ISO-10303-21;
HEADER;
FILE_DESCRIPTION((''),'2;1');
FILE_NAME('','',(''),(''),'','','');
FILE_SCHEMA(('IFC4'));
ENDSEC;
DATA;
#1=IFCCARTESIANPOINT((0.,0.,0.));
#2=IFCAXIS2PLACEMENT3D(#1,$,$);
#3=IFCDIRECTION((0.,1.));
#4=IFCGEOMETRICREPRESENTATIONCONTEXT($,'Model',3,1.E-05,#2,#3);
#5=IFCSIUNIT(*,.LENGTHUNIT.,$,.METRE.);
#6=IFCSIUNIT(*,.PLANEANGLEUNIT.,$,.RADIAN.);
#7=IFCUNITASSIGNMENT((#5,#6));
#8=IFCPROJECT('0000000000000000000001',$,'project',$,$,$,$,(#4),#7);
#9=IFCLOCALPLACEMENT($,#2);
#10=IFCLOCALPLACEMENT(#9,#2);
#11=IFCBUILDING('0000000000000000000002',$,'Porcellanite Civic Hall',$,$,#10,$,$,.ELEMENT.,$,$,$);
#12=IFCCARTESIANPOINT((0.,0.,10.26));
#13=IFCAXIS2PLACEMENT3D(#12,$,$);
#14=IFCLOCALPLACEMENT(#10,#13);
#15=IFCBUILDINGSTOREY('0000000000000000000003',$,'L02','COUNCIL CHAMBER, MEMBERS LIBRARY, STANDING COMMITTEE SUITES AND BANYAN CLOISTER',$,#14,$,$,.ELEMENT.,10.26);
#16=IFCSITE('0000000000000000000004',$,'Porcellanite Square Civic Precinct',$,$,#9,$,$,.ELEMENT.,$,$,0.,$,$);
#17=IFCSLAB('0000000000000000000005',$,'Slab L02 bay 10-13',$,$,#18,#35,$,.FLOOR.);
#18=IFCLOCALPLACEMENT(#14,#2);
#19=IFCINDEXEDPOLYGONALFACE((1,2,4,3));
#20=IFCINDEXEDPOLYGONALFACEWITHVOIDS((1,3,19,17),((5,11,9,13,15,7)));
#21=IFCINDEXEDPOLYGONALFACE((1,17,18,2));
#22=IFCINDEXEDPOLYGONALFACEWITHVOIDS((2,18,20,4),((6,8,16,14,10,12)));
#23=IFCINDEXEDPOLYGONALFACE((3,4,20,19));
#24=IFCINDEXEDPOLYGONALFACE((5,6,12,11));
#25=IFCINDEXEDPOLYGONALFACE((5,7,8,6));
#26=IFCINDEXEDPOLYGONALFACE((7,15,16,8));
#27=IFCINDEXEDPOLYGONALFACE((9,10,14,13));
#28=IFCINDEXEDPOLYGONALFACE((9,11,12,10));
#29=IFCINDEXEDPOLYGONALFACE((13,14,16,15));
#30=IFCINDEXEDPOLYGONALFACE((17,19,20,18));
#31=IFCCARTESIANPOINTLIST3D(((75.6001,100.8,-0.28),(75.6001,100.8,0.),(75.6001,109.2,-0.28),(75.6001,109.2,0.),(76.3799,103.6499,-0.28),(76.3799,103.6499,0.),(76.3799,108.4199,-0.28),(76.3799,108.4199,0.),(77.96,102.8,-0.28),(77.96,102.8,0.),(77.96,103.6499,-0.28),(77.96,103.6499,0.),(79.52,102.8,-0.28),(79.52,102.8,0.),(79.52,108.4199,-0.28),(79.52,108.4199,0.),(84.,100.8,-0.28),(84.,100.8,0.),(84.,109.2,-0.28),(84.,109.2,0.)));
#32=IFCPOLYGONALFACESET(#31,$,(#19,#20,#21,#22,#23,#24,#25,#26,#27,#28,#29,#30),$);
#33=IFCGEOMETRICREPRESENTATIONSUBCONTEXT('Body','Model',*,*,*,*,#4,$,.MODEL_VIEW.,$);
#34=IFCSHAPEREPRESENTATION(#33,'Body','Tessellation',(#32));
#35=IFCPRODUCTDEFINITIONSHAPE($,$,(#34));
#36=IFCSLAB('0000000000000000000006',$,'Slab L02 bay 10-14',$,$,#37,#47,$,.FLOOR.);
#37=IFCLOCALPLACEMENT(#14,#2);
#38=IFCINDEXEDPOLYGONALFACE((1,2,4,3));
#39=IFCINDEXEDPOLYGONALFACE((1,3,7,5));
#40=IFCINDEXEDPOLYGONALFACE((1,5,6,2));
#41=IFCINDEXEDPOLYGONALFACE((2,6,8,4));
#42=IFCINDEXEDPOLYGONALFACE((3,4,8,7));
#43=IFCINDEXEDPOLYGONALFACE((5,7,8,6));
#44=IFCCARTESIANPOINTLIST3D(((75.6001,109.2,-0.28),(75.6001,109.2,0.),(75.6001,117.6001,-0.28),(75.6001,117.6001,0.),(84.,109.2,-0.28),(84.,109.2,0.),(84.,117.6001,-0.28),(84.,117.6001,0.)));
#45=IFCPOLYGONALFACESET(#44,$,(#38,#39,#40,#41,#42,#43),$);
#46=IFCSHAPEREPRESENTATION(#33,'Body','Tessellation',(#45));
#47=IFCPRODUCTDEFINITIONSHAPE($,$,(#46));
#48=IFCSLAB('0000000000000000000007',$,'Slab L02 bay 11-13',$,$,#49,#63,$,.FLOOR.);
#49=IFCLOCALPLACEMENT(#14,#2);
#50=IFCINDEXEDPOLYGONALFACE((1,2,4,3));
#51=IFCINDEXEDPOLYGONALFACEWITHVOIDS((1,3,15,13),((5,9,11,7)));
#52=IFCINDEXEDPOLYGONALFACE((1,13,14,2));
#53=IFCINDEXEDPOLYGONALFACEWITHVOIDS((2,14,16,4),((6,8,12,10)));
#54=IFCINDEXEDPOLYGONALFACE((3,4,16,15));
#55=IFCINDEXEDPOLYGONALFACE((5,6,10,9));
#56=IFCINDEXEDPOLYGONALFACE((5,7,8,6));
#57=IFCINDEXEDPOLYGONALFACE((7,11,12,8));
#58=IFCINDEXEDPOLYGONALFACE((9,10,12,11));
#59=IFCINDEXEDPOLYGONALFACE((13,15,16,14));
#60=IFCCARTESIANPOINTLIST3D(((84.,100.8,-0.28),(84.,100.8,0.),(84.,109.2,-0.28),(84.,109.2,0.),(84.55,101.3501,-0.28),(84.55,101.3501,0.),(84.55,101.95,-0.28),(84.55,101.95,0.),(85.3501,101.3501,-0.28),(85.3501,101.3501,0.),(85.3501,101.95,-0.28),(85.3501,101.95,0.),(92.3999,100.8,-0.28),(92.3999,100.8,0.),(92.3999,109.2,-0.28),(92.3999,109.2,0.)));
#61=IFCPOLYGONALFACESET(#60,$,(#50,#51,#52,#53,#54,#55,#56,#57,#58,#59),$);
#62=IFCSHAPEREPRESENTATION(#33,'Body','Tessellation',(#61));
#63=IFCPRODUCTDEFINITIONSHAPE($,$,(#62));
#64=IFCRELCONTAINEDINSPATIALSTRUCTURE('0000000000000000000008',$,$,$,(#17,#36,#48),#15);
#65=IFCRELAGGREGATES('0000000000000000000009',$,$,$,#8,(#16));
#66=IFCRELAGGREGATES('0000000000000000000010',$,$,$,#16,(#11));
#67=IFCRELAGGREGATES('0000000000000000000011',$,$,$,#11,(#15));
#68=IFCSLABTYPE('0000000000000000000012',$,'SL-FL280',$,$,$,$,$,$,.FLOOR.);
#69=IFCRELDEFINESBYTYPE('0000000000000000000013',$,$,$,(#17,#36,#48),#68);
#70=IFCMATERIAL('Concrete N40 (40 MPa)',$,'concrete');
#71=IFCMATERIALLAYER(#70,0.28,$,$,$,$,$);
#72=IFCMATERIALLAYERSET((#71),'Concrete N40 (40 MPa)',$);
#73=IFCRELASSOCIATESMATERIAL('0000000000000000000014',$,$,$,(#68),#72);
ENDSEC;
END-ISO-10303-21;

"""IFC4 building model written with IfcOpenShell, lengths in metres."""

from ifc_helpers import new_model, si_unit, direction, frame, origin, place, context, subcontext, project, spatial, polyline, outline, extrude, material, layer, layer_set, type_object, element, save


model = new_model("IFC4")

# Units and contexts
model_context = context("Model", 3, precision=1e-05, world=origin(), true_north=direction((0.0, 1.0)))
body_context = subcontext(model_context, "Body", "Model", "MODEL_VIEW")
ifc_project = project(units=[si_unit("LENGTHUNIT", "METRE"), si_unit("PLANEANGLEUNIT", "RADIAN")], contexts=[model_context])

# Site, building, storey
site_placement = place(None, origin())
site = spatial("IfcSite", under=ifc_project, at=site_placement, Name="Porcellanite Square Civic Precinct", CompositionType="ELEMENT", RefElevation=0.0)
building_placement = place(site_placement, origin())
building = spatial("IfcBuilding", under=site, at=building_placement, Name="Porcellanite Civic Hall", CompositionType="ELEMENT")
storey_placement = place(building_placement, frame((0.0, 0.0, 10.26)))
storey = spatial("IfcBuildingStorey", under=building, at=storey_placement, Name="L02", Description="COUNCIL CHAMBER, MEMBERS LIBRARY, STANDING COMMITTEE SUITES AND BANYAN CLOISTER", CompositionType="ELEMENT", Elevation=10.26)

# Slabs
ifc_material = material(Name="Concrete N40 (40 MPa)", Category="concrete")
ifc_layer = layer(ifc_material, 0.28)
ifc_layer_set = layer_set([ifc_layer], Name="Concrete N40 (40 MPa)")
slab_type = type_object("IfcSlabType", Name="SL-FL280", PredefinedType="FLOOR", material=ifc_layer_set)
slab_1_placement = place(storey_placement, frame((0.0, 0.0, -0.28)))
element("IfcSlab", 1, at=slab_1_placement, inside=storey, type_object=slab_type, Name="Slab L02 bay 10-13", PredefinedType="FLOOR", context=body_context, shape_type="SweptSolid", body=[
    extrude(outline(polyline([(75.6001, 100.8), (84.0, 100.8), (84.0, 109.2), (75.6001, 109.2), (75.6001, 100.8)]), holes=[polyline([(76.3799, 103.6499), (77.96, 103.6499), (77.96, 102.8), (79.52, 102.8), (79.52, 108.4199), (76.3799, 108.4199), (76.3799, 103.6499)])]), origin(), (0.0, 0.0, 1.0), 0.28),
])
slab_2_placement = place(storey_placement, frame((0.0, 0.0, -0.28)))
element("IfcSlab", 2, at=slab_2_placement, inside=storey, type_object=slab_type, Name="Slab L02 bay 10-14", PredefinedType="FLOOR", context=body_context, shape_type="SweptSolid", body=[
    extrude(outline(polyline([(75.6001, 109.2), (84.0, 109.2), (84.0, 117.6001), (75.6001, 117.6001), (75.6001, 109.2)])), origin(), (0.0, 0.0, 1.0), 0.28),
])
slab_3_placement = place(storey_placement, frame((0.0, 0.0, -0.28)))
element("IfcSlab", 3, at=slab_3_placement, inside=storey, type_object=slab_type, Name="Slab L02 bay 11-13", PredefinedType="FLOOR", context=body_context, shape_type="SweptSolid", body=[
    extrude(outline(polyline([(84.0, 100.8), (92.3999, 100.8), (92.3999, 109.2), (84.0, 109.2), (84.0, 100.8)]), holes=[polyline([(84.55, 101.3501), (85.3501, 101.3501), (85.3501, 101.95), (84.55, 101.95), (84.55, 101.3501)])]), origin(), (0.0, 0.0, 1.0), 0.28),
])

save(model, "model.ifc")
